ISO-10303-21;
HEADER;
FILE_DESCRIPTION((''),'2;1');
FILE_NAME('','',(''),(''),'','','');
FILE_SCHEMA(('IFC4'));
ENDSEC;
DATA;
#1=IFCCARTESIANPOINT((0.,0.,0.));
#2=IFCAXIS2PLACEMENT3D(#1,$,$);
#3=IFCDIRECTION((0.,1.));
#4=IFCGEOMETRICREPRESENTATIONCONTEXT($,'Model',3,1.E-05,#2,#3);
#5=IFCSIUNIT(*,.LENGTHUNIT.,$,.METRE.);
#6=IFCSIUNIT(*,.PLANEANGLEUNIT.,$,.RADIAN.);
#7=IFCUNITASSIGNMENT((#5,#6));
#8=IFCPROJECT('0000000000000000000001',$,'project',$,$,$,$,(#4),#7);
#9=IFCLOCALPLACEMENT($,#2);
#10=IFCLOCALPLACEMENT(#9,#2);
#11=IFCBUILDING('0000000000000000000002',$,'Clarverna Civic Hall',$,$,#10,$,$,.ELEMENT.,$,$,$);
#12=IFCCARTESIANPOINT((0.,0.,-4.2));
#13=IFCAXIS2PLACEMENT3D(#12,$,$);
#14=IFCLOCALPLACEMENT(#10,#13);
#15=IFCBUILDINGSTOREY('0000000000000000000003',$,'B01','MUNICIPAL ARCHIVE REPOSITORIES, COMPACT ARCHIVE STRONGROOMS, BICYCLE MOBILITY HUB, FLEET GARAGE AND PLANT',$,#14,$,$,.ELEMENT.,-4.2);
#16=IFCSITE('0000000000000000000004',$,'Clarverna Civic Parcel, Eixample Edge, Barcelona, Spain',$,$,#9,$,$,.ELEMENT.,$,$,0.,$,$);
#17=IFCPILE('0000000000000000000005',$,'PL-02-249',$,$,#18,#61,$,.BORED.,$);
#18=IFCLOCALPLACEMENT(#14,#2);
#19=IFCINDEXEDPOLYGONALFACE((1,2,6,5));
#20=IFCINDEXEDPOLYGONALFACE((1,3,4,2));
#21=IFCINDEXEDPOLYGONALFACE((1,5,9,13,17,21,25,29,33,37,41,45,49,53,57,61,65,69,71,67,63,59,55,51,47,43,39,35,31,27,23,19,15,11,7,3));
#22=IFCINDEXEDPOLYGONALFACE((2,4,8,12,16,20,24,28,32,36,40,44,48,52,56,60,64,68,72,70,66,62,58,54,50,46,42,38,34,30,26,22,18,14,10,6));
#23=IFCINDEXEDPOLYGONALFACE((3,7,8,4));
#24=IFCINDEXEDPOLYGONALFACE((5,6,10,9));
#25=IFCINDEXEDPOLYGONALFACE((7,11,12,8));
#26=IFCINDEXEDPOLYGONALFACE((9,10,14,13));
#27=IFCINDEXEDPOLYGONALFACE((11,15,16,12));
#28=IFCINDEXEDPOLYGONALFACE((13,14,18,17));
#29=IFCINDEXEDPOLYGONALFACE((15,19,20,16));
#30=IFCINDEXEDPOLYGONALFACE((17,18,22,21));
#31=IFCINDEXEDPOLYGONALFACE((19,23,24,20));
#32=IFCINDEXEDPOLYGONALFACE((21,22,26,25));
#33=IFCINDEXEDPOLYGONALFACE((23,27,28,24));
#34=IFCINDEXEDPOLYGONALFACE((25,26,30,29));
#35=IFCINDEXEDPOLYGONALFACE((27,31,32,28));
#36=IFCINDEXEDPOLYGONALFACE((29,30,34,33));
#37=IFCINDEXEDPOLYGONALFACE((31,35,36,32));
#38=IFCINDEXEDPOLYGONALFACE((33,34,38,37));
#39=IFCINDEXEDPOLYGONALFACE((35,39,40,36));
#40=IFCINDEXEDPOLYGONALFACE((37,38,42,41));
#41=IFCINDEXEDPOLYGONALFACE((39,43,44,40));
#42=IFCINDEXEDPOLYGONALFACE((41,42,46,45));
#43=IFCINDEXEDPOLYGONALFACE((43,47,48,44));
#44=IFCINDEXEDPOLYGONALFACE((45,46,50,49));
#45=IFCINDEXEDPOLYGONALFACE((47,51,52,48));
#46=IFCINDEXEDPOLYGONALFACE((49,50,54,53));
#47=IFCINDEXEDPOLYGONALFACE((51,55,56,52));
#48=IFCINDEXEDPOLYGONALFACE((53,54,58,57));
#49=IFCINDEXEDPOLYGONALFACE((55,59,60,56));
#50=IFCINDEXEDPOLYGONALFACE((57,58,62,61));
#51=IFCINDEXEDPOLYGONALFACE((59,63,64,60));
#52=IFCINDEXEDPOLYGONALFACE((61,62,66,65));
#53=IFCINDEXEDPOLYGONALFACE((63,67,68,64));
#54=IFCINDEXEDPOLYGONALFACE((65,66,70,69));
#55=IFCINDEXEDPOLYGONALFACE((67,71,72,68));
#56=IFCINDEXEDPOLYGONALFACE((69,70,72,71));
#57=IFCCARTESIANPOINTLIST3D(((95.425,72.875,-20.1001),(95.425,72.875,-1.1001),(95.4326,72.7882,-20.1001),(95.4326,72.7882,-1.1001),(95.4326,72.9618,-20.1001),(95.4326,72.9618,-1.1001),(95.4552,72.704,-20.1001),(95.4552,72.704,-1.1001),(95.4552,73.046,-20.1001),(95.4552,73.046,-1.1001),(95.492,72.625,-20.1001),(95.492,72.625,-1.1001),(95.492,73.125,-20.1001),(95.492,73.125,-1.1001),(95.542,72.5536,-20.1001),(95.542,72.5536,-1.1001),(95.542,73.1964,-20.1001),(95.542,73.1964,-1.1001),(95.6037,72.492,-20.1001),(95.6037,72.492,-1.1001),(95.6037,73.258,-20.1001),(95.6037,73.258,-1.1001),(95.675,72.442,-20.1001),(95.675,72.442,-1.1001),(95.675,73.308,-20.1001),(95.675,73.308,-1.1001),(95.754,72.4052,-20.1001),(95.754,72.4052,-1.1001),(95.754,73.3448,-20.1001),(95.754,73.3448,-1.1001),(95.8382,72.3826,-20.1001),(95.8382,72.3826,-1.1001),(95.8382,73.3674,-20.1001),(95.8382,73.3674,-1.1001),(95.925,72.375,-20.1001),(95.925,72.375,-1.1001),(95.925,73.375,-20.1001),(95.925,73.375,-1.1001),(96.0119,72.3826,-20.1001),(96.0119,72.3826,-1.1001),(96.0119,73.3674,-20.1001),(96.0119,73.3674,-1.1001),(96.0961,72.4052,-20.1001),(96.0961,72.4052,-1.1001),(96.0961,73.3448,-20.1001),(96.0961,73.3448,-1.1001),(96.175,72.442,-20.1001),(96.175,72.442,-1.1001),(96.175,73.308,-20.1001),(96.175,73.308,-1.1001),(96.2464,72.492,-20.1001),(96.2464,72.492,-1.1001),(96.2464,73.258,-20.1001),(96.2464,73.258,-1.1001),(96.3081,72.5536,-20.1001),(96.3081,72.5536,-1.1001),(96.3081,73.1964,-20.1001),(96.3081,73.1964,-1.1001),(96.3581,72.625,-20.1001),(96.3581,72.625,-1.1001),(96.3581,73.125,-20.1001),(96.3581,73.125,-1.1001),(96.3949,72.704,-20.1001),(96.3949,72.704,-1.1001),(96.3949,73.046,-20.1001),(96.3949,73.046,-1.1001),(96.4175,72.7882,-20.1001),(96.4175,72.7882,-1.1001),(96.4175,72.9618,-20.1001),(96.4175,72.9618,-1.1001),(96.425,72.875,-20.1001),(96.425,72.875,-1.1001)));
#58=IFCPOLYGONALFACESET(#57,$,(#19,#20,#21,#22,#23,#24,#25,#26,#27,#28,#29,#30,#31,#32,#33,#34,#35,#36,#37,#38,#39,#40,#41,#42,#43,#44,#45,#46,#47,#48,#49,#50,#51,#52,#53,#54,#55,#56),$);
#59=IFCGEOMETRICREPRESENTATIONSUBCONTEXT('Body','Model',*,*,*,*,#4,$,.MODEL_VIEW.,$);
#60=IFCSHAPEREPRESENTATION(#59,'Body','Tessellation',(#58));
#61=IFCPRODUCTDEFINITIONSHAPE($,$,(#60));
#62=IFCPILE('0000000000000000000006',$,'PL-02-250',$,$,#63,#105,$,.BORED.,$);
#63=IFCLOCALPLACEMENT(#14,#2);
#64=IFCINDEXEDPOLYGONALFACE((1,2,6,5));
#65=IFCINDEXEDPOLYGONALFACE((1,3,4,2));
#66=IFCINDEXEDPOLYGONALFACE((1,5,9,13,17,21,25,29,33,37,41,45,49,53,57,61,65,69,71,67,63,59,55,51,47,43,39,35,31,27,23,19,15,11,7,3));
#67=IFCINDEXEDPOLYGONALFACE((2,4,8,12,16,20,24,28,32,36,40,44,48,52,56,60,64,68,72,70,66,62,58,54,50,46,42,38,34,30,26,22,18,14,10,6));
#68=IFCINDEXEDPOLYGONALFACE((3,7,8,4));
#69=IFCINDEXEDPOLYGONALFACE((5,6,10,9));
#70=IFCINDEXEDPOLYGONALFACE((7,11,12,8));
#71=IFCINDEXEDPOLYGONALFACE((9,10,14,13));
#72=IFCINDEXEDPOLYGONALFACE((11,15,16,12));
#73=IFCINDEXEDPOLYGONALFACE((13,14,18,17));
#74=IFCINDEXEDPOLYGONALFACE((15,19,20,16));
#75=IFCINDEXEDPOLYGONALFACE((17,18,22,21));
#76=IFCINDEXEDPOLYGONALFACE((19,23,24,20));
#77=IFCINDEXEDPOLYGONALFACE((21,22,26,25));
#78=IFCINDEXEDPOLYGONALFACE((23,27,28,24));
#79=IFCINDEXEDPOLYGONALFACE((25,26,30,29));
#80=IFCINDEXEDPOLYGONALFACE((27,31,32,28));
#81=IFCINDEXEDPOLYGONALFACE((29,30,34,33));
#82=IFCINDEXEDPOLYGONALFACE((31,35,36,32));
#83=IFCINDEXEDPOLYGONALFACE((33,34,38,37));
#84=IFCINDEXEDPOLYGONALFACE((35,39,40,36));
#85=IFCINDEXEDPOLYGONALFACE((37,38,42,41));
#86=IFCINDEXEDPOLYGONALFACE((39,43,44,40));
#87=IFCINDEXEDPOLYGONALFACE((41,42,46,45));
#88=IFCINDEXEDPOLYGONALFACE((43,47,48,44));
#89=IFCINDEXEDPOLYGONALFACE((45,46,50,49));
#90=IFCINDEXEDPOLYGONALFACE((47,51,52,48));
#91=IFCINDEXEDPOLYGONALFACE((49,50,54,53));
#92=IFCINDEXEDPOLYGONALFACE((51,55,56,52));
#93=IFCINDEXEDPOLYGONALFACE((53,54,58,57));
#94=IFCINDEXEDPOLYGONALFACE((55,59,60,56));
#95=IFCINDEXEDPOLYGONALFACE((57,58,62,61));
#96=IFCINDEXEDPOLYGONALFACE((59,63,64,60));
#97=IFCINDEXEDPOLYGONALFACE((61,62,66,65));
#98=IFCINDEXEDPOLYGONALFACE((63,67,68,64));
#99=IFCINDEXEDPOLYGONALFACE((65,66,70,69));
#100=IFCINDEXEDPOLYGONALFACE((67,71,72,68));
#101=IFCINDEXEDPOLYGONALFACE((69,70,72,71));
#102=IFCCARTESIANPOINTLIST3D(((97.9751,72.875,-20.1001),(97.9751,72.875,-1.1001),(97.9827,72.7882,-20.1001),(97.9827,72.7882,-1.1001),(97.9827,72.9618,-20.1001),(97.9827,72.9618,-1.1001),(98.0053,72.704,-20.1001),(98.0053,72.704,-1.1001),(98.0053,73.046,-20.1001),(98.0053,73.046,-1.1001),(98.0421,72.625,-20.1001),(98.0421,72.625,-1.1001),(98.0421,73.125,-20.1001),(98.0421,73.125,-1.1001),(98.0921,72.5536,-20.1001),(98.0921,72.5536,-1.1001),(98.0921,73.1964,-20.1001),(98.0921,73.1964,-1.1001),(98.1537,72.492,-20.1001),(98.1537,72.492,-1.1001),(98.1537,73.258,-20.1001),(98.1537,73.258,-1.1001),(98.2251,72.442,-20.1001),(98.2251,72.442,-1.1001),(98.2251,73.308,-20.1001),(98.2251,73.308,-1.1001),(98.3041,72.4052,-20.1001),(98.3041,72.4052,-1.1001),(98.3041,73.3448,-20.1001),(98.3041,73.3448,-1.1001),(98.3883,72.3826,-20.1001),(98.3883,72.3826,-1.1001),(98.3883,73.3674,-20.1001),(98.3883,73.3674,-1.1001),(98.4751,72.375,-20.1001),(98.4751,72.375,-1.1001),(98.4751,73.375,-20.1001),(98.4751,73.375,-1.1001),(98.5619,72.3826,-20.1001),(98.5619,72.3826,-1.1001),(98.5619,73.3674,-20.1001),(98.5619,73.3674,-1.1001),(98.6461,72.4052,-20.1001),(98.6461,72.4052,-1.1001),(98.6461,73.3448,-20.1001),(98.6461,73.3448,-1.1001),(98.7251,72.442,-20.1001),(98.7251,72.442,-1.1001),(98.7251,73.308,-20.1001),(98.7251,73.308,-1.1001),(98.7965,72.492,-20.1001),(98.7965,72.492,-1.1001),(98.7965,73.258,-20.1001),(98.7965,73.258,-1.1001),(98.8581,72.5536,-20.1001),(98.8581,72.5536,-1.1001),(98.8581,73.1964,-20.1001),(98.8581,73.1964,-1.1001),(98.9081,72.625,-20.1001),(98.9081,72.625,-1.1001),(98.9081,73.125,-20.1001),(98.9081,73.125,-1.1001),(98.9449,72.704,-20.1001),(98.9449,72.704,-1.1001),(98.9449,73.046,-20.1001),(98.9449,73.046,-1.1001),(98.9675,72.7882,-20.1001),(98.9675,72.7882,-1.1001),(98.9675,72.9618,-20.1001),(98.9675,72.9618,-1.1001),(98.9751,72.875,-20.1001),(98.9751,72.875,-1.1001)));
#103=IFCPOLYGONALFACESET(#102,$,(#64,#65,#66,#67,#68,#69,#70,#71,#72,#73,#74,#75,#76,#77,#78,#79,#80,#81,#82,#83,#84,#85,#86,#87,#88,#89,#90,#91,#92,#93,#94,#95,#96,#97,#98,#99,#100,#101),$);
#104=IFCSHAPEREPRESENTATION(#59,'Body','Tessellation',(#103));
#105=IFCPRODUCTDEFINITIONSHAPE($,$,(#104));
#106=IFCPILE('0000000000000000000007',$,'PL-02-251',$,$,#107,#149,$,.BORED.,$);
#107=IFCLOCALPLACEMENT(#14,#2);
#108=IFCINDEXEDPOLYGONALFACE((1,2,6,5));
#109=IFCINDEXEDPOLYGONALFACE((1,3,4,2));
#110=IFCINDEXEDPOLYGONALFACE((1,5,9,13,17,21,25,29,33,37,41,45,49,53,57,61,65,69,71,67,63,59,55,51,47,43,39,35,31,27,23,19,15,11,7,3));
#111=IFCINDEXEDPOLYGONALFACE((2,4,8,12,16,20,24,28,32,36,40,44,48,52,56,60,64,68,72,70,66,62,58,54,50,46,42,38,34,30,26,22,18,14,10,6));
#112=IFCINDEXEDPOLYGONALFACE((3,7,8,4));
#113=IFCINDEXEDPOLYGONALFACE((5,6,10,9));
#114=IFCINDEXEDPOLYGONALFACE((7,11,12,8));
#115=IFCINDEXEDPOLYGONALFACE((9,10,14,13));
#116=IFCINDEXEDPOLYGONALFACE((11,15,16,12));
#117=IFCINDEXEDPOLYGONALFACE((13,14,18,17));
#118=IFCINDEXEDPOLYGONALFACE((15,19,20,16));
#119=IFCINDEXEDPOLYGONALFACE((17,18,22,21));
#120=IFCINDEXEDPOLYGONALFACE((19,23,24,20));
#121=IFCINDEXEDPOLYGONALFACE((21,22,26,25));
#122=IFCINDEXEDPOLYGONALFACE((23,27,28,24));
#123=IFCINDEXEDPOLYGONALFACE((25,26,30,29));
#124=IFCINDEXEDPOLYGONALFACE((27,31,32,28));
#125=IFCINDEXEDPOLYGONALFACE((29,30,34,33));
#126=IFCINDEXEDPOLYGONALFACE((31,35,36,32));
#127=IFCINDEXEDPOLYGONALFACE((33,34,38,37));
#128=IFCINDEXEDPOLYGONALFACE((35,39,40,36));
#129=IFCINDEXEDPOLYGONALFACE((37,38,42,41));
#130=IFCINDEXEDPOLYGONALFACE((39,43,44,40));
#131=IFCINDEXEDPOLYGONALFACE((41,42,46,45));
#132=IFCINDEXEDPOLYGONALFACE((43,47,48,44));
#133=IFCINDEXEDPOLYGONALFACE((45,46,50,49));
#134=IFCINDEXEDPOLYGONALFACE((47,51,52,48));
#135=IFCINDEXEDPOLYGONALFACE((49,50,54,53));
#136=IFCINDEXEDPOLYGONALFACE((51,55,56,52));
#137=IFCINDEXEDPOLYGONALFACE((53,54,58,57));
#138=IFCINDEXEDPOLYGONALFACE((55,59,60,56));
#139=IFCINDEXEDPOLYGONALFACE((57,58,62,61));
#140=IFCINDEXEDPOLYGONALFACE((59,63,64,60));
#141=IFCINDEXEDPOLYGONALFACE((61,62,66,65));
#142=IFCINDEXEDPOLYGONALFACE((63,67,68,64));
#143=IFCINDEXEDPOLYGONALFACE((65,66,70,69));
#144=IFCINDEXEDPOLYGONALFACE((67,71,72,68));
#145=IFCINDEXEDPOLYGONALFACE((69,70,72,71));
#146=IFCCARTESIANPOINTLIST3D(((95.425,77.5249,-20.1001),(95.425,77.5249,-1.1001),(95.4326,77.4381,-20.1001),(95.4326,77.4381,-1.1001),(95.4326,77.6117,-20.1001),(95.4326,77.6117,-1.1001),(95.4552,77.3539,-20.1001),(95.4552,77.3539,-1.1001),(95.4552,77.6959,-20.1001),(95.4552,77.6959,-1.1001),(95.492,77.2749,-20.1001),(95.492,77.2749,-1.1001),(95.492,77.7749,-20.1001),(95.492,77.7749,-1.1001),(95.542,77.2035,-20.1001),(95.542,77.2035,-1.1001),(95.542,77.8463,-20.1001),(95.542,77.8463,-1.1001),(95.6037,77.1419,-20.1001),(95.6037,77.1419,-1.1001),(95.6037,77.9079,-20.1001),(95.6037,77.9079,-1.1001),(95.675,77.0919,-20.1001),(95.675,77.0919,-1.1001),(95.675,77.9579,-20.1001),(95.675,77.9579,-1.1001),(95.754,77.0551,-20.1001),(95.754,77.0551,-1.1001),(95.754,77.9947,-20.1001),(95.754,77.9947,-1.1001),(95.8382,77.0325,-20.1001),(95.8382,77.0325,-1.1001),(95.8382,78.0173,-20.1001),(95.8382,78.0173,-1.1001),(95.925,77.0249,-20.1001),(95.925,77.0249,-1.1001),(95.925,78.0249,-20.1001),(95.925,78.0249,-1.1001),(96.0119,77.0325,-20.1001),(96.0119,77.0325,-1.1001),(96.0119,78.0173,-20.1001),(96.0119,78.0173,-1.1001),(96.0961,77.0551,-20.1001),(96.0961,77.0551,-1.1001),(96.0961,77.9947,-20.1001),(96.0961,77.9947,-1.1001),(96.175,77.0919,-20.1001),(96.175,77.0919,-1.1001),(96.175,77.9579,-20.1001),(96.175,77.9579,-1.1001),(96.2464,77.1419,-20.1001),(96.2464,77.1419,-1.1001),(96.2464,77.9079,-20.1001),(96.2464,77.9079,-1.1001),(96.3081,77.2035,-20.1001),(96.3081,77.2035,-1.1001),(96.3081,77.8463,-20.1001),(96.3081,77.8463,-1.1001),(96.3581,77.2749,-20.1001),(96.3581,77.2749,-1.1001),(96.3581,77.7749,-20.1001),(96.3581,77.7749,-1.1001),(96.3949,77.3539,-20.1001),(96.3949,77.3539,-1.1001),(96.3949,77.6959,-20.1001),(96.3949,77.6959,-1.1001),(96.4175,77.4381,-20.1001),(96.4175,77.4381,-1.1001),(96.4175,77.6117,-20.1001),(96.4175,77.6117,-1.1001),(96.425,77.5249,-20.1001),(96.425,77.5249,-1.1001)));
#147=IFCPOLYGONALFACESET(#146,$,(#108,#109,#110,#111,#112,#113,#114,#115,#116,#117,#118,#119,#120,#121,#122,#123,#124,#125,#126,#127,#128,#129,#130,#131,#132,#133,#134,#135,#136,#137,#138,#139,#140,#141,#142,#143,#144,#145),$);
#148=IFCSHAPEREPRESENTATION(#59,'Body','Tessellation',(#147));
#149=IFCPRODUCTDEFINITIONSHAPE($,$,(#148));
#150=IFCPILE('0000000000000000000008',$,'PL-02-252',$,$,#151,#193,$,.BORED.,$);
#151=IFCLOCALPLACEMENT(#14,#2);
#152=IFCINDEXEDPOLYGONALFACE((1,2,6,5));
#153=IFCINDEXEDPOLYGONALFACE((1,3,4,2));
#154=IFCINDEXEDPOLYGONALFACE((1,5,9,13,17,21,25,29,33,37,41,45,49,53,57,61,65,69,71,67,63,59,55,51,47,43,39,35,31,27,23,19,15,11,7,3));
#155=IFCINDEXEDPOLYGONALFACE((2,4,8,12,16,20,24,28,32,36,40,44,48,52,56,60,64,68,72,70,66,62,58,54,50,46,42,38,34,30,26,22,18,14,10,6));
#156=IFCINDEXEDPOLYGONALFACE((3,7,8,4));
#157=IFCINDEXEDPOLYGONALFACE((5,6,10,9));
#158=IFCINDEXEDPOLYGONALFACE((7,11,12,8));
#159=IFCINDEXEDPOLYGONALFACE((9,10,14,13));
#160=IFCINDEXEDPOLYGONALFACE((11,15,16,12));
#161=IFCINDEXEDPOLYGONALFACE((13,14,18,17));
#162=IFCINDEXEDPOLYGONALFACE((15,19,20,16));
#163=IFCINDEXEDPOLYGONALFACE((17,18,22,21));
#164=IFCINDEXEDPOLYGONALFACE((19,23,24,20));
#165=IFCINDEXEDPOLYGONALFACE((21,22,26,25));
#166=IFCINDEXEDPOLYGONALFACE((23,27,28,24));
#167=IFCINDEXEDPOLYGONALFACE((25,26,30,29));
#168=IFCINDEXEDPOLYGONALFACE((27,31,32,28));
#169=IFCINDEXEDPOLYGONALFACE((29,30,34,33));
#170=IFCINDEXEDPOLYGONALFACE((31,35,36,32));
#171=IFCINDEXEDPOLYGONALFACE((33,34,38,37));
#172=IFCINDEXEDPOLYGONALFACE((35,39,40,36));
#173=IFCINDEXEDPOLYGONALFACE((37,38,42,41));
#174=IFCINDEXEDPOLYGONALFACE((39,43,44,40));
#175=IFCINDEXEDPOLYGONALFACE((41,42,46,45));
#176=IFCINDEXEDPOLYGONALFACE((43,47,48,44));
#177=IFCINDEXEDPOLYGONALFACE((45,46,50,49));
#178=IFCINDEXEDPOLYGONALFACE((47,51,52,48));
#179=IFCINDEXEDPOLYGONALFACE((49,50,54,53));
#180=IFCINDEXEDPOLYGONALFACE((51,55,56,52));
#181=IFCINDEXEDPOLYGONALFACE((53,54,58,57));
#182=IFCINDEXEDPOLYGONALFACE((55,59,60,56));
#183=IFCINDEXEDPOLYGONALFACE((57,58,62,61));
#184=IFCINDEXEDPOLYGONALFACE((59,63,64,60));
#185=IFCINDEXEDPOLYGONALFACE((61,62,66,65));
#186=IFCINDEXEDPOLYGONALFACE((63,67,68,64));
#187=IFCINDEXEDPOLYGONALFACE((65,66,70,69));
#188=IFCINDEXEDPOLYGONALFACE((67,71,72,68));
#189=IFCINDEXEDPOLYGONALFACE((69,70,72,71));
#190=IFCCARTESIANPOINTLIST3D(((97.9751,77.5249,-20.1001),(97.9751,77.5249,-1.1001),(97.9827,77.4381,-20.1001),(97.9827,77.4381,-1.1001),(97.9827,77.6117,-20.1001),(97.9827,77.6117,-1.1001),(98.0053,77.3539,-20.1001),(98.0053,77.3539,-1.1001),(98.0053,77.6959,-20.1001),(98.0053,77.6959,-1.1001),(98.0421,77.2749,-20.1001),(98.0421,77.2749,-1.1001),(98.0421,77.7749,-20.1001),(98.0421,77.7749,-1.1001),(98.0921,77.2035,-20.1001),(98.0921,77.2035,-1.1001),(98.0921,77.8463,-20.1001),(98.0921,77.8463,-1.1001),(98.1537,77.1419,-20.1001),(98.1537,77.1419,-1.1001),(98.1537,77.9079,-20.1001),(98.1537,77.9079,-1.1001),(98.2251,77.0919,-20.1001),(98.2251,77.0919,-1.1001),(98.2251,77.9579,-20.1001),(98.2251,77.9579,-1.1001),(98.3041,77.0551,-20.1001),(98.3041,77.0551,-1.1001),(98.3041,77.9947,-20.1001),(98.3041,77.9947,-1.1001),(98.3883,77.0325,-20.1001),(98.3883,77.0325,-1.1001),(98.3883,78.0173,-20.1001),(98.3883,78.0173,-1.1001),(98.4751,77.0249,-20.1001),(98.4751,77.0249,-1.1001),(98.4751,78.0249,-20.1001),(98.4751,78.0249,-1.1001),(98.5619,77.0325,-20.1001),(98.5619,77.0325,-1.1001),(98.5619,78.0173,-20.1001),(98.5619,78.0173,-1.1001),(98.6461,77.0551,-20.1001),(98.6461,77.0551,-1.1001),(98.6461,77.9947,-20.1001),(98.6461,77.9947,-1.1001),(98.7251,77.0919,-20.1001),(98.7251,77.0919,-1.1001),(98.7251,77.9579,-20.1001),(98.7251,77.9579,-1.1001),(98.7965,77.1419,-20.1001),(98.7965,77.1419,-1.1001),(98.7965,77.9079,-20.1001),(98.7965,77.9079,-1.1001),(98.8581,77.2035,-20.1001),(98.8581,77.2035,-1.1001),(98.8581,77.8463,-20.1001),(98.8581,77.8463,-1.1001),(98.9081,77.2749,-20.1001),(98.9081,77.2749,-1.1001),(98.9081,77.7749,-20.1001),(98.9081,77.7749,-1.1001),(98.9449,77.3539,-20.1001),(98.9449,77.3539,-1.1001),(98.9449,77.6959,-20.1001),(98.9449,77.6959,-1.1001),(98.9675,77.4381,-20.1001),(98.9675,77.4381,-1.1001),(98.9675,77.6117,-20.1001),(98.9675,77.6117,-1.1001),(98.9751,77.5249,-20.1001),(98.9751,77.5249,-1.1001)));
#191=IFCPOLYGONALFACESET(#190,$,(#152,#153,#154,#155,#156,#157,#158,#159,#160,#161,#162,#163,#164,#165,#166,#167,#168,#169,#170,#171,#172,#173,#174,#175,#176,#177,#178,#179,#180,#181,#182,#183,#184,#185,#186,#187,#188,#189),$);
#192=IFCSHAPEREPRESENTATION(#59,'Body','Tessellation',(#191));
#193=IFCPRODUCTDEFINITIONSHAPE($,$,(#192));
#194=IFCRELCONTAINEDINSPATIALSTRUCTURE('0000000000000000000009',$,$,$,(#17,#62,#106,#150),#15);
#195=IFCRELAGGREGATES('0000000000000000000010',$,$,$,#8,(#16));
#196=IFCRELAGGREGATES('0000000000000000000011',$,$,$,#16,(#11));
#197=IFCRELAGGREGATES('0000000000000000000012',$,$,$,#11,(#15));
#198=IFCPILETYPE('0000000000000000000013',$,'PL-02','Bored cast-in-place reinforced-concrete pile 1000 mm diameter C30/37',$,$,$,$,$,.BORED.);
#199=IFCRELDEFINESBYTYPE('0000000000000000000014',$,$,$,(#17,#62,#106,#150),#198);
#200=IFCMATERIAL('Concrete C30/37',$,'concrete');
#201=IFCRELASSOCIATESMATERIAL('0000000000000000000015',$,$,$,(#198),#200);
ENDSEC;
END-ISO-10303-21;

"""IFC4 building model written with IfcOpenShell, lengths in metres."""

from ifc_helpers import new_model, si_unit, direction, frame, origin, origin_2d, place, context, subcontext, project, spatial, circle, extrude, material, material_profile, profile_set, type_object, element, save


model = new_model("IFC4")

# Units and contexts
model_context = context("Model", 3, precision=1e-05, world=origin(), true_north=direction((0.0, 1.0)))
body_context = subcontext(model_context, "Body", "Model", "MODEL_VIEW")
ifc_project = project(units=[si_unit("LENGTHUNIT", "METRE"), si_unit("PLANEANGLEUNIT", "RADIAN")], contexts=[model_context])

# Site, building, storey
site_placement = place(None, origin())
site = spatial("IfcSite", under=ifc_project, at=site_placement, Name="Clarverna Civic Parcel, Eixample Edge, Barcelona, Spain", CompositionType="ELEMENT", RefElevation=0.0)
building_placement = place(site_placement, origin())
building = spatial("IfcBuilding", under=site, at=building_placement, Name="Clarverna Civic Hall", CompositionType="ELEMENT")
storey_placement = place(building_placement, frame((0.0, 0.0, -4.2)))
storey = spatial("IfcBuildingStorey", under=building, at=storey_placement, Name="B01", Description="MUNICIPAL ARCHIVE REPOSITORIES, COMPACT ARCHIVE STRONGROOMS, BICYCLE MOBILITY HUB, FLEET GARAGE AND PLANT", CompositionType="ELEMENT", Elevation=-4.2)

# Shared definitions
ifc_material_1 = material(Name="Concrete C30/37", Category="concrete")

# Piles
ifc_material_profile_1 = material_profile(ifc_material_1, circle(Radius=0.5, at=origin_2d()), Name="BORED PILE D1000")
ifc_profile_set_1 = profile_set([ifc_material_profile_1], Name="Concrete C30/37")
pile_type_1 = type_object("IfcPileType", Name="PL-02", Description="Bored cast-in-place reinforced-concrete pile 1000 mm diameter C30/37", PredefinedType="BORED", material=ifc_profile_set_1)
for number, where, z_axis, x_axis, name in (
    (1, (95.925, 72.875, -1.1001), (0.0, 0.0, -1.0), (1.0, 0.0, 0.0), "PL-02-249"),
    (2, (98.4751, 72.875, -1.1001), (0.0, 0.0, -1.0), (1.0, 0.0, 0.0), "PL-02-250"),
    (3, (95.925, 77.5249, -1.1001), (0.0, 0.0, -1.0), (1.0, 0.0, 0.0), "PL-02-251"),
    (4, (98.4751, 77.5249, -1.1001), (0.0, 0.0, -1.0), (1.0, 0.0, 0.0), "PL-02-252"),
):
    element("IfcPile", number, at=place(storey_placement, frame(where, z_axis=z_axis, x_axis=x_axis)), inside=storey, type_object=pile_type_1, Name=name, PredefinedType="BORED", context=body_context, shape_type="SweptSolid", body=[
        extrude(circle(Radius=0.5, at=origin_2d()), origin(), (0.0, 0.0, 1.0), 19.0),
    ])

save(model, "model.ifc")
